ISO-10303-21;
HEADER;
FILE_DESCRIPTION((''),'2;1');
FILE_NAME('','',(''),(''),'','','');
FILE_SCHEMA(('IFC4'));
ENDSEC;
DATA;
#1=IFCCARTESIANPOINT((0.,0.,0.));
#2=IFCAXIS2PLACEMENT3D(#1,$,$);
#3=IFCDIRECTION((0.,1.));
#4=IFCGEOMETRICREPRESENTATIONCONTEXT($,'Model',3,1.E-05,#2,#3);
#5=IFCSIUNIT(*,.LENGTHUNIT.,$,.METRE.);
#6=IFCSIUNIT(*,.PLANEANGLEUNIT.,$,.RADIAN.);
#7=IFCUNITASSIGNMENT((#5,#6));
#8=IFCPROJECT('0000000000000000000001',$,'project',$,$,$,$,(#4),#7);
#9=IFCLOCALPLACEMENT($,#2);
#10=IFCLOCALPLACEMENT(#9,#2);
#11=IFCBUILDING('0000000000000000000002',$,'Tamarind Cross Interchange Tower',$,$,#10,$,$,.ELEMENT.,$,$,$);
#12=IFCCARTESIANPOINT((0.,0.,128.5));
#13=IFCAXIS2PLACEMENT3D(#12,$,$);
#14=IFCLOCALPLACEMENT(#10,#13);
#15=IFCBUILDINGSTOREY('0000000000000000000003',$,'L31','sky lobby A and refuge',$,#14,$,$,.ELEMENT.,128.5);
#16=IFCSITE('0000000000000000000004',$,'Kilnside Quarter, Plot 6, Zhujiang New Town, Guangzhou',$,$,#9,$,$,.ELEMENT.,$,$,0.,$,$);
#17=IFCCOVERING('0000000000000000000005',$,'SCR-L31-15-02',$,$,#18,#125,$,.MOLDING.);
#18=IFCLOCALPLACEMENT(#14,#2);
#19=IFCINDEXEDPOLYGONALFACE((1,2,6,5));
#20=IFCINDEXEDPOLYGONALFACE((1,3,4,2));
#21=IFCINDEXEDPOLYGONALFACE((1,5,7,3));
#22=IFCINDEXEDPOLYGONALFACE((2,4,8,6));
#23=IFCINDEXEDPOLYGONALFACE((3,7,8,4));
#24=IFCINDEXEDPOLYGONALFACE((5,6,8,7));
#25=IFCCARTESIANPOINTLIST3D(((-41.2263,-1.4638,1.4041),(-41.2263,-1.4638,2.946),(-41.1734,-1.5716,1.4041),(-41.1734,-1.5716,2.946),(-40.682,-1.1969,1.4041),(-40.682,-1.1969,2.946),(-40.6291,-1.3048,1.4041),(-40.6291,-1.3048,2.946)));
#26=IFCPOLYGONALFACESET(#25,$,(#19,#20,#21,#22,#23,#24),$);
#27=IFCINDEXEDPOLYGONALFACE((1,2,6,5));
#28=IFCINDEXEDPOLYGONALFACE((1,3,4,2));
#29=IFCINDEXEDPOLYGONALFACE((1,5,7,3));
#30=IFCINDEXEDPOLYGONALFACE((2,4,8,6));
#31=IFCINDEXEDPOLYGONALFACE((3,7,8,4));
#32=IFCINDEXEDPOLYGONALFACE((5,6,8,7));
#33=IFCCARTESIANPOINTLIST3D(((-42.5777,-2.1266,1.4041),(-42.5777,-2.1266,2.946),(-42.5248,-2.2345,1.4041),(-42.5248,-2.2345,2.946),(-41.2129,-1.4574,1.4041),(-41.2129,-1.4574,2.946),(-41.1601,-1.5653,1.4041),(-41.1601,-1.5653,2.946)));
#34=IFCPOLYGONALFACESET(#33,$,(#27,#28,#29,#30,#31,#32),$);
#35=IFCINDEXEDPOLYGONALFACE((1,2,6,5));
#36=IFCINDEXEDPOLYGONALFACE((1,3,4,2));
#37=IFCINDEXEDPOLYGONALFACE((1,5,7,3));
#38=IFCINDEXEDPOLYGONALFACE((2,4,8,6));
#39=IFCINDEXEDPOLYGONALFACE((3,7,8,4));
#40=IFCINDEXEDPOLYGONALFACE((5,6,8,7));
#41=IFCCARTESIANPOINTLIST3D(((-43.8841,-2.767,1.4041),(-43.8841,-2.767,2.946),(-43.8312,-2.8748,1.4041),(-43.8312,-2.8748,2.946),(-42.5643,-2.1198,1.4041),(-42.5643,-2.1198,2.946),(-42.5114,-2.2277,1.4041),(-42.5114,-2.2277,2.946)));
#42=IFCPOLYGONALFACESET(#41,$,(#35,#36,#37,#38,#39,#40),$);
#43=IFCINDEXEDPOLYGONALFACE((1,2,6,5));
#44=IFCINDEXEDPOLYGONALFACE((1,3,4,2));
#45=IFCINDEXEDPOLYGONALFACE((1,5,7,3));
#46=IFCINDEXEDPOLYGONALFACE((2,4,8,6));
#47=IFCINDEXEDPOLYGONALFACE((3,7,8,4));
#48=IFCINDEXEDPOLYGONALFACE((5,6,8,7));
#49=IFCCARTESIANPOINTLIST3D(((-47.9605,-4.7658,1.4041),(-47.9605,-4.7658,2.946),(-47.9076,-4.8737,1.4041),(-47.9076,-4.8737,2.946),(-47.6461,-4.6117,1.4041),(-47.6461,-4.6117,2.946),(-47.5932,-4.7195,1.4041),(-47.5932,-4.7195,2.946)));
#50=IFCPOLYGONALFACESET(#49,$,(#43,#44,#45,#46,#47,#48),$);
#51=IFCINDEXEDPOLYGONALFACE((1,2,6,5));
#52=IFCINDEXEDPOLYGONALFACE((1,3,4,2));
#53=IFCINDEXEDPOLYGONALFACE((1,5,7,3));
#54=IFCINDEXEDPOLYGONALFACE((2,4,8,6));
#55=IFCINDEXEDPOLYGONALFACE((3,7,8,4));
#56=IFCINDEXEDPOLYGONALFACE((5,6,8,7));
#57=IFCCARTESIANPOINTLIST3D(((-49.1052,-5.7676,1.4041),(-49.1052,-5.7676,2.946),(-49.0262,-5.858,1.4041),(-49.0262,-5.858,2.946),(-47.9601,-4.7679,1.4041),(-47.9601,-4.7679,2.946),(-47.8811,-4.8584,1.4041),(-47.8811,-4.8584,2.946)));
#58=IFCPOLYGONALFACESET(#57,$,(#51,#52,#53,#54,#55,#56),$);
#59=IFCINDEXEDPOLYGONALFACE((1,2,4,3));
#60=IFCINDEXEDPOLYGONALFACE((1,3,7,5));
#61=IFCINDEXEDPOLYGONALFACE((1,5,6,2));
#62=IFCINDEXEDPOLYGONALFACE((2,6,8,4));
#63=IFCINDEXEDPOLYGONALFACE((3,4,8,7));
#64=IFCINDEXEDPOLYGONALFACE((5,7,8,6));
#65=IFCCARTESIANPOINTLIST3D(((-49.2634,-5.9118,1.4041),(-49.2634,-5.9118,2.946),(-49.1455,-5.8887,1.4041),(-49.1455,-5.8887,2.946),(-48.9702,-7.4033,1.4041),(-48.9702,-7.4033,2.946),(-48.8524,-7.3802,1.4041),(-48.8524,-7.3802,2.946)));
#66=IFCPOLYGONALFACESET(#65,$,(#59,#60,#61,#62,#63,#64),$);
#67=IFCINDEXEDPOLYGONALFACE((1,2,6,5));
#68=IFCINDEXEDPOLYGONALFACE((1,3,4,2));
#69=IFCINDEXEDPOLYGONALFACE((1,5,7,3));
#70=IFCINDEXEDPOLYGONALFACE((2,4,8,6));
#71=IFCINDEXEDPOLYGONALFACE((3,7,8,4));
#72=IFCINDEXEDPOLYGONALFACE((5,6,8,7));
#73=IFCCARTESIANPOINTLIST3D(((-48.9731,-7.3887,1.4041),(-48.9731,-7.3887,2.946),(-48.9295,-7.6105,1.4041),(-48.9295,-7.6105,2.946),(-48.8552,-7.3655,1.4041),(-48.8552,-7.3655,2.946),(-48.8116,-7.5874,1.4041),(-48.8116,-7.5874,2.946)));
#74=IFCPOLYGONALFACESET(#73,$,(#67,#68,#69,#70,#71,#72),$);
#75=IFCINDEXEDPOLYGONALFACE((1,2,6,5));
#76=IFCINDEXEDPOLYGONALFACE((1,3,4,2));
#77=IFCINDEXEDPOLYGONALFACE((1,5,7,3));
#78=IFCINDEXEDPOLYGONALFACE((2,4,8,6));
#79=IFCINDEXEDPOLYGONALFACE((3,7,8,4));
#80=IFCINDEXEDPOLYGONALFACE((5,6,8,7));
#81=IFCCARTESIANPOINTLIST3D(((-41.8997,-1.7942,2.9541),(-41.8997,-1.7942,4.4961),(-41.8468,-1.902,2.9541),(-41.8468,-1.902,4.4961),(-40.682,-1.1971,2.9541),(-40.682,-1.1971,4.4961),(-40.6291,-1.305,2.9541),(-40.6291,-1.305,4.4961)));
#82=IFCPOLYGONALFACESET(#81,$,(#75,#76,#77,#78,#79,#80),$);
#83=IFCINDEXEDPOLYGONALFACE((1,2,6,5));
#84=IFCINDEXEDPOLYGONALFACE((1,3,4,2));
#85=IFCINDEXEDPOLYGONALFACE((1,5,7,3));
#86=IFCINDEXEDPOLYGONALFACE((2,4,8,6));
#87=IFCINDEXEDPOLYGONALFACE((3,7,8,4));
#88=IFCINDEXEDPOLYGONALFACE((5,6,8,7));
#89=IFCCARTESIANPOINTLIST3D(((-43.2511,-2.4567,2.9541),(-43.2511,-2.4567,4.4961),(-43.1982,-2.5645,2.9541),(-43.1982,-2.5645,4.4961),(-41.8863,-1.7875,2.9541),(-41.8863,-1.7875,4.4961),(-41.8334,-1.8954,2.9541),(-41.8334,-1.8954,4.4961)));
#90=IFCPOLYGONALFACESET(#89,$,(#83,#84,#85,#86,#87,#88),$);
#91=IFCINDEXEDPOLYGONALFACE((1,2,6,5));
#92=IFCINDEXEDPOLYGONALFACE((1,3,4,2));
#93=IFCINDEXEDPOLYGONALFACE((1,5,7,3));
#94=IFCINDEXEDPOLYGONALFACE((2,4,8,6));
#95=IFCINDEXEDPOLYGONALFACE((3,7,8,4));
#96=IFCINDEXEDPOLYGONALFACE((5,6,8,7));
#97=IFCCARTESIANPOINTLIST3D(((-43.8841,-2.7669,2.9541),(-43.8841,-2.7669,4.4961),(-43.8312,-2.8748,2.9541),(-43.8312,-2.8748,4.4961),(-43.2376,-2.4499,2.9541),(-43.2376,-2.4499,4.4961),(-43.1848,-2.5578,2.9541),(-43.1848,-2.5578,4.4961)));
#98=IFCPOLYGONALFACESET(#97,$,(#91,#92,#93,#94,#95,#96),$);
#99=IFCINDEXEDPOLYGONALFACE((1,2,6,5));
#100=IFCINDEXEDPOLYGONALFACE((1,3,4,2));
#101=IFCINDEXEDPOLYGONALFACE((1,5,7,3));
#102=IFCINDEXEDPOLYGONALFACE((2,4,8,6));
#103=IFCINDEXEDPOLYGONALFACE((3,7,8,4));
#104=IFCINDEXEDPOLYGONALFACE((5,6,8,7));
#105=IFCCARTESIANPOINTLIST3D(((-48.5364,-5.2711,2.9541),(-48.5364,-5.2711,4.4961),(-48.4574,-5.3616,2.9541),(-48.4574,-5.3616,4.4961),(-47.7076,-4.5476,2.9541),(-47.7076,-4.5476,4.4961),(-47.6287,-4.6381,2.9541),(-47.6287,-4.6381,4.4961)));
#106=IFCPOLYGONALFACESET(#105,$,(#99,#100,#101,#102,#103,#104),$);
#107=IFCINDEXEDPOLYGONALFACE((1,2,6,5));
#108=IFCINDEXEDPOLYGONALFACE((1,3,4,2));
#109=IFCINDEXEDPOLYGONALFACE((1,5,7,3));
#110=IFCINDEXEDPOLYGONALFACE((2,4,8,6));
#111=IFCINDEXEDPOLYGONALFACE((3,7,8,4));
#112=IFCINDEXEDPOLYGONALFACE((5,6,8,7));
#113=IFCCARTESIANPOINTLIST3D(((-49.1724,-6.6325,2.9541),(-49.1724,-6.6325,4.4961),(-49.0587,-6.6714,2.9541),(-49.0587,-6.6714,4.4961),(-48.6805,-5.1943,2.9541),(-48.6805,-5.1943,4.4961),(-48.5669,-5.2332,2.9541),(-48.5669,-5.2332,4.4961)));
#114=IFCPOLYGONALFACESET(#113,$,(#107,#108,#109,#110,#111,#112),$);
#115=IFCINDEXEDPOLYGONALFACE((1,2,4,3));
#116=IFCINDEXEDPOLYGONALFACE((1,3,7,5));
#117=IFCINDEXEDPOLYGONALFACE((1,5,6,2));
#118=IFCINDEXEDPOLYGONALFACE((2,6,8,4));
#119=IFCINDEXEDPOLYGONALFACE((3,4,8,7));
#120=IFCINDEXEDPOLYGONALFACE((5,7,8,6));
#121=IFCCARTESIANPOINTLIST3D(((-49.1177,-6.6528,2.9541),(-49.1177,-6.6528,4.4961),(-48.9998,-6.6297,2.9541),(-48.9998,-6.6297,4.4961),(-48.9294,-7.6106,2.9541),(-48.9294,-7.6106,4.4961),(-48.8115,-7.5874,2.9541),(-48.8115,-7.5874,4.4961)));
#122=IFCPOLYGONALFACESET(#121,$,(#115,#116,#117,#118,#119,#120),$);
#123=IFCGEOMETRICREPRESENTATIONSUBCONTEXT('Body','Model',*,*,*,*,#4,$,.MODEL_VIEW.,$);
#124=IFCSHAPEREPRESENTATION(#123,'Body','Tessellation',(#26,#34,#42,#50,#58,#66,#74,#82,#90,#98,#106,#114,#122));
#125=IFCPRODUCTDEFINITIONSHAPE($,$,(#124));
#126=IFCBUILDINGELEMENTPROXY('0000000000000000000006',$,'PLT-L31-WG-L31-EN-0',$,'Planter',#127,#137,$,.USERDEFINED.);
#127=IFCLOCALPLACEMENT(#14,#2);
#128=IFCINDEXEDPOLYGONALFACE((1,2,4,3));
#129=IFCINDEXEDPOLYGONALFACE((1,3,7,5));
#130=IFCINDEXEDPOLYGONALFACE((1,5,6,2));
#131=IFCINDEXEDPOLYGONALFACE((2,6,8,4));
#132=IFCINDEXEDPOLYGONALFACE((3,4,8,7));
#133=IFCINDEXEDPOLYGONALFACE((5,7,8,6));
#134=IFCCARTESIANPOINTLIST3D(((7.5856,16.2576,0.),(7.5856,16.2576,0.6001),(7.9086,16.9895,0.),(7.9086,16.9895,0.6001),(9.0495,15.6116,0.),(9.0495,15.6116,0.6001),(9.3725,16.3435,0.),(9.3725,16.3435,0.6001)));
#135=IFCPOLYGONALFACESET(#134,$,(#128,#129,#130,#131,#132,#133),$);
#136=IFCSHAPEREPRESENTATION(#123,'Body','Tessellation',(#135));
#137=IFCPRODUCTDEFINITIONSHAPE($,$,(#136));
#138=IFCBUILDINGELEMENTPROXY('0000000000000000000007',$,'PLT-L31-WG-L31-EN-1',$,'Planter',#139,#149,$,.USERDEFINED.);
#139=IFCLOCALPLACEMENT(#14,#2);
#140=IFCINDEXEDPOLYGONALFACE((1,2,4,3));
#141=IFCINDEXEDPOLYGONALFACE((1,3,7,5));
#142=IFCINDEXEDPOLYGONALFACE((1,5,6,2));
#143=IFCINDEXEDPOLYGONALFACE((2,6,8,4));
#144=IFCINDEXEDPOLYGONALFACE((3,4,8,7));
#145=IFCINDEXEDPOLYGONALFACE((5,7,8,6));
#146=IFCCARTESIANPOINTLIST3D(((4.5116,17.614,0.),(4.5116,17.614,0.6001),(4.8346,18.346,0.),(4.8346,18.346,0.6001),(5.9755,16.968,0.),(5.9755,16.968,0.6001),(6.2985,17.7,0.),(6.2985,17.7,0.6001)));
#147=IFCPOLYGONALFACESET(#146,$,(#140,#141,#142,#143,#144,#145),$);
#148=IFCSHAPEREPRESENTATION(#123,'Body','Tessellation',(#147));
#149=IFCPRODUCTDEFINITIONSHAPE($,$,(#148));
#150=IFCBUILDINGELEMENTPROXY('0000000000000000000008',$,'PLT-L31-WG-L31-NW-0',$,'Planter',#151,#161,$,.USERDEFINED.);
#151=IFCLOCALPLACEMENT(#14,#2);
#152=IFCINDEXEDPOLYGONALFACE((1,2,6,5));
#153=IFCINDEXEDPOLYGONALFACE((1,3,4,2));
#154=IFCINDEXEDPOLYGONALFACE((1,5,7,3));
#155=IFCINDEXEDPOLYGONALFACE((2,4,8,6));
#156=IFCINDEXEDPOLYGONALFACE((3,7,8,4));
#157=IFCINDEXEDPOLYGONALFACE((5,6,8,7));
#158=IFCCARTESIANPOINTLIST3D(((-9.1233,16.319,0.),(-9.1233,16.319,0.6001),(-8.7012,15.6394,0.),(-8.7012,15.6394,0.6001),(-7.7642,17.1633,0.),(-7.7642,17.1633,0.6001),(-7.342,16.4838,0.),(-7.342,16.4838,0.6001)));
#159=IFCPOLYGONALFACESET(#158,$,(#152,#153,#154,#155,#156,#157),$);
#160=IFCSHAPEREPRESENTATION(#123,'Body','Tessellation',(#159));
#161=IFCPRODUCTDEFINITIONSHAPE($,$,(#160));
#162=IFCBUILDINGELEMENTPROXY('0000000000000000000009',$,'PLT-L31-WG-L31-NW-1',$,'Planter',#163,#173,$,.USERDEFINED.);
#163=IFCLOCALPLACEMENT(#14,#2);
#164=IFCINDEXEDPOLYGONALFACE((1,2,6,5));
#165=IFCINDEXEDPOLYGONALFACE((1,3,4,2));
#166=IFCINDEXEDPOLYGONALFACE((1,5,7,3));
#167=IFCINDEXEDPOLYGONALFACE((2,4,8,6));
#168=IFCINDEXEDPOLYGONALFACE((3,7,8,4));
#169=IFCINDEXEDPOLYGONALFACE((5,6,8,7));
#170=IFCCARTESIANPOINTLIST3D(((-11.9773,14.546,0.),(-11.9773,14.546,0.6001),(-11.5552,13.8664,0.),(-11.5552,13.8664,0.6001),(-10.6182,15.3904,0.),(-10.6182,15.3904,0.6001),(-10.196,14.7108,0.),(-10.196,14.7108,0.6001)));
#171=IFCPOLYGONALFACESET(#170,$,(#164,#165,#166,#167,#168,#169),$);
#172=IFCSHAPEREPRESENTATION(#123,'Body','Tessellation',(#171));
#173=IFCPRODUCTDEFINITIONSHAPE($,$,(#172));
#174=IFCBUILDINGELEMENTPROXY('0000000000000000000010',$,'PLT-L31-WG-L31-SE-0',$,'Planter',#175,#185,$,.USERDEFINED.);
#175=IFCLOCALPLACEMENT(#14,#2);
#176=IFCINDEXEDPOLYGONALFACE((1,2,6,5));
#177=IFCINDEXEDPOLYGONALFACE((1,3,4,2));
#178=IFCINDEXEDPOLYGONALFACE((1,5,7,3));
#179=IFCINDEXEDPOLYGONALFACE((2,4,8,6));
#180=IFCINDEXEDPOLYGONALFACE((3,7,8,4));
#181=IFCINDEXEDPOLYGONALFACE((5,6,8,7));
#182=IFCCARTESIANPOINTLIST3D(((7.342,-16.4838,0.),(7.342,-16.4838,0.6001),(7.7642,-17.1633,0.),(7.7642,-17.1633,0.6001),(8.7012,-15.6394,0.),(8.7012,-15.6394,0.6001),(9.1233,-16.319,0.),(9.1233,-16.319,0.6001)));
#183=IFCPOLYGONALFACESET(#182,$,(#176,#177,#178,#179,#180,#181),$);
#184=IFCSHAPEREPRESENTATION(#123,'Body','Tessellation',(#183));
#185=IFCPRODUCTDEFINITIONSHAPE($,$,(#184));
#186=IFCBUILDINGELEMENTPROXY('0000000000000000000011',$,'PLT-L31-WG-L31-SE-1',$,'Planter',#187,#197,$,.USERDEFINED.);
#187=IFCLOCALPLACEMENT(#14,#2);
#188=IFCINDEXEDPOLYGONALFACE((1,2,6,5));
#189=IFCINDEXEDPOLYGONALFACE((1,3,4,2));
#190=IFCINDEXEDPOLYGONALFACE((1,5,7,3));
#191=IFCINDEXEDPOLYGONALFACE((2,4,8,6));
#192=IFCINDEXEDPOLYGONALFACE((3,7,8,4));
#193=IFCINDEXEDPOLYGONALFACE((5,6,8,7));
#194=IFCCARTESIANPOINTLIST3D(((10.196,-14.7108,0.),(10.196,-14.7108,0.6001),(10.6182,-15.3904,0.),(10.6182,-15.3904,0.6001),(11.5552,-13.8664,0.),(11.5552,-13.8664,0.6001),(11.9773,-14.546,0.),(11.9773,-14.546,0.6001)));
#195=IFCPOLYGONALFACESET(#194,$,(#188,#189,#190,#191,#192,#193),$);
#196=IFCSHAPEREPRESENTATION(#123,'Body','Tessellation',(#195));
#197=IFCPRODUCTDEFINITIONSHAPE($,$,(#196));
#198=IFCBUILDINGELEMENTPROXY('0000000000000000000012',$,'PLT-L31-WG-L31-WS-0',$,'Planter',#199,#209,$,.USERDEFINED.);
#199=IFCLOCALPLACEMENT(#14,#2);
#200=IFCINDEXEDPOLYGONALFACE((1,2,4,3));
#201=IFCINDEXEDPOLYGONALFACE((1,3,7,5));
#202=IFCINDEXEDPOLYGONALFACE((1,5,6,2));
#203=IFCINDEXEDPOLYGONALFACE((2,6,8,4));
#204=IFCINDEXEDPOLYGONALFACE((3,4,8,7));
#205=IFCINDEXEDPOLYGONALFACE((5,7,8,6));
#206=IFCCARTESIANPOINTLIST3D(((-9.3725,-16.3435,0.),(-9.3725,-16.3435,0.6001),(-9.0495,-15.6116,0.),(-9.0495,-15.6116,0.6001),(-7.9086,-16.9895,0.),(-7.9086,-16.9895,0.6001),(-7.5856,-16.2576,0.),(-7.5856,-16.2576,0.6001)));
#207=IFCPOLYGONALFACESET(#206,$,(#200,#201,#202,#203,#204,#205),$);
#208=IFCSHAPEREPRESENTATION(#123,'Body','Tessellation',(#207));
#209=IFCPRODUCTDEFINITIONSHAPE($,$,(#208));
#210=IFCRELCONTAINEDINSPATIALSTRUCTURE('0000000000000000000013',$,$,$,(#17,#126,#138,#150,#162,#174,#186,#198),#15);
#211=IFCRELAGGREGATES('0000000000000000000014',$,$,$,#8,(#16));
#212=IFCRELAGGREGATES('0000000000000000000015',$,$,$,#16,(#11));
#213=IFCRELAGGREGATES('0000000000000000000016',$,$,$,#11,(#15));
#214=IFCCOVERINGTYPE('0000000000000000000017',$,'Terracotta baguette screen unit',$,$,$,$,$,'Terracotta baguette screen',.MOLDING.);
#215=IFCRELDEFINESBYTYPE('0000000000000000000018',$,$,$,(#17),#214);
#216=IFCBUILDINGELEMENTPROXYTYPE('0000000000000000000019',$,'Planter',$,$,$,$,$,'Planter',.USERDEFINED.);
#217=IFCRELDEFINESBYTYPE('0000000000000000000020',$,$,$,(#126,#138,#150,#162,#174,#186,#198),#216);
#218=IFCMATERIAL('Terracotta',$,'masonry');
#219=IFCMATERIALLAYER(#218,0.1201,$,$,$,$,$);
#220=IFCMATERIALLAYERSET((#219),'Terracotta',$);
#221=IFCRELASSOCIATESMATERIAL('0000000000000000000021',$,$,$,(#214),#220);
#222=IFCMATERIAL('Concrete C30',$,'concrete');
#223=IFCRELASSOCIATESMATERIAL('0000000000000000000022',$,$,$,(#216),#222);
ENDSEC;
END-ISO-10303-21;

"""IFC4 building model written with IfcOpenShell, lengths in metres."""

from ifc_helpers import new_model, si_unit, direction, frame, origin, origin_2d, place, context, subcontext, project, spatial, rectangle, extrude, material, layer, layer_set, type_object, element, save


model = new_model("IFC4")

# Units and contexts
model_context = context("Model", 3, precision=1e-05, world=origin(), true_north=direction((0.0, 1.0)))
body_context = subcontext(model_context, "Body", "Model", "MODEL_VIEW")
ifc_project = project(units=[si_unit("LENGTHUNIT", "METRE"), si_unit("PLANEANGLEUNIT", "RADIAN")], contexts=[model_context])

# Site, building, storey
site_placement = place(None, origin())
site = spatial("IfcSite", under=ifc_project, at=site_placement, Name="Kilnside Quarter, Plot 6, Zhujiang New Town, Guangzhou", CompositionType="ELEMENT", RefElevation=0.0)
building_placement = place(site_placement, origin())
building = spatial("IfcBuilding", under=site, at=building_placement, Name="Tamarind Cross Interchange Tower", CompositionType="ELEMENT")
storey_placement = place(building_placement, frame((0.0, 0.0, 128.5)))
storey = spatial("IfcBuildingStorey", under=building, at=storey_placement, Name="L31", Description="sky lobby A and refuge", CompositionType="ELEMENT", Elevation=128.5)

# Covering
ifc_material_1 = material(Name="Terracotta", Category="masonry")
ifc_layer_1 = layer(ifc_material_1, 0.1201)
ifc_layer_set_1 = layer_set([ifc_layer_1], Name="Terracotta")
covering_type = type_object("IfcCoveringType", Name="Terracotta baguette screen unit", ElementType="Terracotta baguette screen", PredefinedType="MOLDING", material=ifc_layer_set_1)
covering_1_placement = place(storey_placement, origin())
element("IfcCovering", 1, at=covering_1_placement, inside=storey, type_object=covering_type, Name="SCR-L31-15-02", PredefinedType="MOLDING", context=body_context, shape_type="SweptSolid", body=[
    extrude(rectangle(XDim=0.6062, YDim=0.1201, at=origin_2d()), frame((-40.9277, -1.3843, 1.4041), z_axis=(0.0, 0.0, 1.0), x_axis=(-0.897874, -0.440253, 0.0)), (0.0, 0.0, 1.0), 1.542),
    extrude(rectangle(XDim=1.52, YDim=0.1201, at=origin_2d()), frame((-41.8689, -1.8459, 1.4041), z_axis=(0.0, 0.0, 1.0), x_axis=(-0.897874, -0.440253, 0.0)), (0.0, 0.0, 1.0), 1.542),
    extrude(rectangle(XDim=1.47, YDim=0.1201, at=origin_2d()), frame((-43.1978, -2.4973, 1.4041), z_axis=(0.0, 0.0, 1.0), x_axis=(-0.897874, -0.440253, 0.0)), (0.0, 0.0, 1.0), 1.542),
    extrude(rectangle(XDim=0.3501, YDim=0.1201, at=origin_2d()), frame((-47.7769, -4.7427, 1.4041), z_axis=(0.0, 0.0, 1.0), x_axis=(-0.897874, -0.440253, 0.0)), (0.0, 0.0, 1.0), 1.542),
    extrude(rectangle(XDim=1.52, YDim=0.1201, at=origin_2d()), frame((-48.4932, -5.313, 1.4041), z_axis=(0.0, 0.0, 1.0), x_axis=(-0.753334, -0.657638, 0.0)), (0.0, 0.0, 1.0), 1.542),
    extrude(rectangle(XDim=1.52, YDim=0.1201, at=origin_2d()), frame((-49.0579, -6.646, 1.4041), z_axis=(0.0, 0.0, 1.0), x_axis=(0.192864, -0.981225, 0.0)), (0.0, 0.0, 1.0), 1.542),
    extrude(rectangle(XDim=0.2261, YDim=0.1201, at=origin_2d()), frame((-48.8923, -7.488, 1.4041), z_axis=(0.0, 0.0, 1.0), x_axis=(0.192864, -0.981225, 0.0)), (0.0, 0.0, 1.0), 1.542),
    extrude(rectangle(XDim=1.3562, YDim=0.1201, at=origin_2d()), frame((-41.2644, -1.5496, 2.9541), z_axis=(0.0, 0.0, 1.0), x_axis=(-0.897874, -0.440253, 0.0)), (0.0, 0.0, 1.0), 1.542),
    extrude(rectangle(XDim=1.52, YDim=0.1201, at=origin_2d()), frame((-42.5422, -2.176, 2.9541), z_axis=(0.0, 0.0, 1.0), x_axis=(-0.897874, -0.440253, 0.0)), (0.0, 0.0, 1.0), 1.542),
    extrude(rectangle(XDim=0.72, YDim=0.1201, at=origin_2d()), frame((-43.5344, -2.6624, 2.9541), z_axis=(0.0, 0.0, 1.0), x_axis=(-0.897874, -0.440253, 0.0)), (0.0, 0.0, 1.0), 1.542),
    extrude(rectangle(XDim=1.1001, YDim=0.1201, at=origin_2d()), frame((-48.0825, -4.9546, 2.9541), z_axis=(0.0, 0.0, 1.0), x_axis=(-0.753334, -0.657638, 0.0)), (0.0, 0.0, 1.0), 1.542),
    extrude(rectangle(XDim=1.52, YDim=0.1201, at=origin_2d()), frame((-48.8696, -5.9329, 2.9541), z_axis=(0.0, 0.0, 1.0), x_axis=(-0.323587, -0.946198, 0.0)), (0.0, 0.0, 1.0), 1.542),
    extrude(rectangle(XDim=0.9761, YDim=0.1201, at=origin_2d()), frame((-48.9646, -7.1201, 2.9541), z_axis=(0.0, 0.0, 1.0), x_axis=(0.192864, -0.981225, 0.0)), (0.0, 0.0, 1.0), 1.542),
])

# Building element proxies
ifc_material_2 = material(Name="Concrete C30", Category="concrete")
building_element_proxy_type = type_object("IfcBuildingElementProxyType", Name="Planter", ElementType="Planter", PredefinedType="USERDEFINED", material=ifc_material_2)
proxy_1_placement = place(storey_placement, origin())
element("IfcBuildingElementProxy", 2, at=proxy_1_placement, inside=storey, type_object=building_element_proxy_type, Name="PLT-L31-WG-L31-EN-0", ObjectType="Planter", PredefinedType="USERDEFINED", context=body_context, shape_type="SweptSolid", body=[
    extrude(rectangle(XDim=1.6001, YDim=0.8, at=origin_2d()), frame((8.479, 16.3005, 0.0), z_axis=(0.0, 0.0, 1.0), x_axis=(-0.914882, 0.403721, 0.0)), (0.0, 0.0, 1.0), 0.6001),
])
proxy_2_placement = place(storey_placement, origin())
element("IfcBuildingElementProxy", 3, at=proxy_2_placement, inside=storey, type_object=building_element_proxy_type, Name="PLT-L31-WG-L31-EN-1", ObjectType="Planter", PredefinedType="USERDEFINED", context=body_context, shape_type="SweptSolid", body=[
    extrude(rectangle(XDim=1.6001, YDim=0.8, at=origin_2d()), frame((5.405, 17.657, 0.0), z_axis=(0.0, 0.0, 1.0), x_axis=(-0.914882, 0.403721, 0.0)), (0.0, 0.0, 1.0), 0.6001),
])
proxy_3_placement = place(storey_placement, origin())
element("IfcBuildingElementProxy", 4, at=proxy_3_placement, inside=storey, type_object=building_element_proxy_type, Name="PLT-L31-WG-L31-NW-0", ObjectType="Planter", PredefinedType="USERDEFINED", context=body_context, shape_type="SweptSolid", body=[
    extrude(rectangle(XDim=1.6001, YDim=0.8, at=origin_2d()), frame((-8.2327, 16.4014, 0.0), z_axis=(0.0, 0.0, 1.0), x_axis=(-0.849433, -0.527697, 0.0)), (0.0, 0.0, 1.0), 0.6001),
])
proxy_4_placement = place(storey_placement, origin())
element("IfcBuildingElementProxy", 5, at=proxy_4_placement, inside=storey, type_object=building_element_proxy_type, Name="PLT-L31-WG-L31-NW-1", ObjectType="Planter", PredefinedType="USERDEFINED", context=body_context, shape_type="SweptSolid", body=[
    extrude(rectangle(XDim=1.6001, YDim=0.8, at=origin_2d()), frame((-11.0867, 14.6284, 0.0), z_axis=(0.0, 0.0, 1.0), x_axis=(-0.849433, -0.527697, 0.0)), (0.0, 0.0, 1.0), 0.6001),
])
proxy_5_placement = place(storey_placement, origin())
element("IfcBuildingElementProxy", 6, at=proxy_5_placement, inside=storey, type_object=building_element_proxy_type, Name="PLT-L31-WG-L31-SE-0", ObjectType="Planter", PredefinedType="USERDEFINED", context=body_context, shape_type="SweptSolid", body=[
    extrude(rectangle(XDim=1.6001, YDim=0.8, at=origin_2d()), frame((8.2327, -16.4014, 0.0), z_axis=(0.0, 0.0, 1.0), x_axis=(0.849433, 0.527697, 0.0)), (0.0, 0.0, 1.0), 0.6001),
])
proxy_6_placement = place(storey_placement, origin())
element("IfcBuildingElementProxy", 7, at=proxy_6_placement, inside=storey, type_object=building_element_proxy_type, Name="PLT-L31-WG-L31-SE-1", ObjectType="Planter", PredefinedType="USERDEFINED", context=body_context, shape_type="SweptSolid", body=[
    extrude(rectangle(XDim=1.6001, YDim=0.8, at=origin_2d()), frame((11.0867, -14.6284, 0.0), z_axis=(0.0, 0.0, 1.0), x_axis=(0.849433, 0.527697, 0.0)), (0.0, 0.0, 1.0), 0.6001),
])
proxy_7_placement = place(storey_placement, origin())
element("IfcBuildingElementProxy", 8, at=proxy_7_placement, inside=storey, type_object=building_element_proxy_type, Name="PLT-L31-WG-L31-WS-0", ObjectType="Planter", PredefinedType="USERDEFINED", context=body_context, shape_type="SweptSolid", body=[
    extrude(rectangle(XDim=1.6001, YDim=0.8, at=origin_2d()), frame((-8.479, -16.3005, 0.0), z_axis=(0.0, 0.0, 1.0), x_axis=(0.914882, -0.403721, 0.0)), (0.0, 0.0, 1.0), 0.6001),
])

save(model, "model.ifc")
